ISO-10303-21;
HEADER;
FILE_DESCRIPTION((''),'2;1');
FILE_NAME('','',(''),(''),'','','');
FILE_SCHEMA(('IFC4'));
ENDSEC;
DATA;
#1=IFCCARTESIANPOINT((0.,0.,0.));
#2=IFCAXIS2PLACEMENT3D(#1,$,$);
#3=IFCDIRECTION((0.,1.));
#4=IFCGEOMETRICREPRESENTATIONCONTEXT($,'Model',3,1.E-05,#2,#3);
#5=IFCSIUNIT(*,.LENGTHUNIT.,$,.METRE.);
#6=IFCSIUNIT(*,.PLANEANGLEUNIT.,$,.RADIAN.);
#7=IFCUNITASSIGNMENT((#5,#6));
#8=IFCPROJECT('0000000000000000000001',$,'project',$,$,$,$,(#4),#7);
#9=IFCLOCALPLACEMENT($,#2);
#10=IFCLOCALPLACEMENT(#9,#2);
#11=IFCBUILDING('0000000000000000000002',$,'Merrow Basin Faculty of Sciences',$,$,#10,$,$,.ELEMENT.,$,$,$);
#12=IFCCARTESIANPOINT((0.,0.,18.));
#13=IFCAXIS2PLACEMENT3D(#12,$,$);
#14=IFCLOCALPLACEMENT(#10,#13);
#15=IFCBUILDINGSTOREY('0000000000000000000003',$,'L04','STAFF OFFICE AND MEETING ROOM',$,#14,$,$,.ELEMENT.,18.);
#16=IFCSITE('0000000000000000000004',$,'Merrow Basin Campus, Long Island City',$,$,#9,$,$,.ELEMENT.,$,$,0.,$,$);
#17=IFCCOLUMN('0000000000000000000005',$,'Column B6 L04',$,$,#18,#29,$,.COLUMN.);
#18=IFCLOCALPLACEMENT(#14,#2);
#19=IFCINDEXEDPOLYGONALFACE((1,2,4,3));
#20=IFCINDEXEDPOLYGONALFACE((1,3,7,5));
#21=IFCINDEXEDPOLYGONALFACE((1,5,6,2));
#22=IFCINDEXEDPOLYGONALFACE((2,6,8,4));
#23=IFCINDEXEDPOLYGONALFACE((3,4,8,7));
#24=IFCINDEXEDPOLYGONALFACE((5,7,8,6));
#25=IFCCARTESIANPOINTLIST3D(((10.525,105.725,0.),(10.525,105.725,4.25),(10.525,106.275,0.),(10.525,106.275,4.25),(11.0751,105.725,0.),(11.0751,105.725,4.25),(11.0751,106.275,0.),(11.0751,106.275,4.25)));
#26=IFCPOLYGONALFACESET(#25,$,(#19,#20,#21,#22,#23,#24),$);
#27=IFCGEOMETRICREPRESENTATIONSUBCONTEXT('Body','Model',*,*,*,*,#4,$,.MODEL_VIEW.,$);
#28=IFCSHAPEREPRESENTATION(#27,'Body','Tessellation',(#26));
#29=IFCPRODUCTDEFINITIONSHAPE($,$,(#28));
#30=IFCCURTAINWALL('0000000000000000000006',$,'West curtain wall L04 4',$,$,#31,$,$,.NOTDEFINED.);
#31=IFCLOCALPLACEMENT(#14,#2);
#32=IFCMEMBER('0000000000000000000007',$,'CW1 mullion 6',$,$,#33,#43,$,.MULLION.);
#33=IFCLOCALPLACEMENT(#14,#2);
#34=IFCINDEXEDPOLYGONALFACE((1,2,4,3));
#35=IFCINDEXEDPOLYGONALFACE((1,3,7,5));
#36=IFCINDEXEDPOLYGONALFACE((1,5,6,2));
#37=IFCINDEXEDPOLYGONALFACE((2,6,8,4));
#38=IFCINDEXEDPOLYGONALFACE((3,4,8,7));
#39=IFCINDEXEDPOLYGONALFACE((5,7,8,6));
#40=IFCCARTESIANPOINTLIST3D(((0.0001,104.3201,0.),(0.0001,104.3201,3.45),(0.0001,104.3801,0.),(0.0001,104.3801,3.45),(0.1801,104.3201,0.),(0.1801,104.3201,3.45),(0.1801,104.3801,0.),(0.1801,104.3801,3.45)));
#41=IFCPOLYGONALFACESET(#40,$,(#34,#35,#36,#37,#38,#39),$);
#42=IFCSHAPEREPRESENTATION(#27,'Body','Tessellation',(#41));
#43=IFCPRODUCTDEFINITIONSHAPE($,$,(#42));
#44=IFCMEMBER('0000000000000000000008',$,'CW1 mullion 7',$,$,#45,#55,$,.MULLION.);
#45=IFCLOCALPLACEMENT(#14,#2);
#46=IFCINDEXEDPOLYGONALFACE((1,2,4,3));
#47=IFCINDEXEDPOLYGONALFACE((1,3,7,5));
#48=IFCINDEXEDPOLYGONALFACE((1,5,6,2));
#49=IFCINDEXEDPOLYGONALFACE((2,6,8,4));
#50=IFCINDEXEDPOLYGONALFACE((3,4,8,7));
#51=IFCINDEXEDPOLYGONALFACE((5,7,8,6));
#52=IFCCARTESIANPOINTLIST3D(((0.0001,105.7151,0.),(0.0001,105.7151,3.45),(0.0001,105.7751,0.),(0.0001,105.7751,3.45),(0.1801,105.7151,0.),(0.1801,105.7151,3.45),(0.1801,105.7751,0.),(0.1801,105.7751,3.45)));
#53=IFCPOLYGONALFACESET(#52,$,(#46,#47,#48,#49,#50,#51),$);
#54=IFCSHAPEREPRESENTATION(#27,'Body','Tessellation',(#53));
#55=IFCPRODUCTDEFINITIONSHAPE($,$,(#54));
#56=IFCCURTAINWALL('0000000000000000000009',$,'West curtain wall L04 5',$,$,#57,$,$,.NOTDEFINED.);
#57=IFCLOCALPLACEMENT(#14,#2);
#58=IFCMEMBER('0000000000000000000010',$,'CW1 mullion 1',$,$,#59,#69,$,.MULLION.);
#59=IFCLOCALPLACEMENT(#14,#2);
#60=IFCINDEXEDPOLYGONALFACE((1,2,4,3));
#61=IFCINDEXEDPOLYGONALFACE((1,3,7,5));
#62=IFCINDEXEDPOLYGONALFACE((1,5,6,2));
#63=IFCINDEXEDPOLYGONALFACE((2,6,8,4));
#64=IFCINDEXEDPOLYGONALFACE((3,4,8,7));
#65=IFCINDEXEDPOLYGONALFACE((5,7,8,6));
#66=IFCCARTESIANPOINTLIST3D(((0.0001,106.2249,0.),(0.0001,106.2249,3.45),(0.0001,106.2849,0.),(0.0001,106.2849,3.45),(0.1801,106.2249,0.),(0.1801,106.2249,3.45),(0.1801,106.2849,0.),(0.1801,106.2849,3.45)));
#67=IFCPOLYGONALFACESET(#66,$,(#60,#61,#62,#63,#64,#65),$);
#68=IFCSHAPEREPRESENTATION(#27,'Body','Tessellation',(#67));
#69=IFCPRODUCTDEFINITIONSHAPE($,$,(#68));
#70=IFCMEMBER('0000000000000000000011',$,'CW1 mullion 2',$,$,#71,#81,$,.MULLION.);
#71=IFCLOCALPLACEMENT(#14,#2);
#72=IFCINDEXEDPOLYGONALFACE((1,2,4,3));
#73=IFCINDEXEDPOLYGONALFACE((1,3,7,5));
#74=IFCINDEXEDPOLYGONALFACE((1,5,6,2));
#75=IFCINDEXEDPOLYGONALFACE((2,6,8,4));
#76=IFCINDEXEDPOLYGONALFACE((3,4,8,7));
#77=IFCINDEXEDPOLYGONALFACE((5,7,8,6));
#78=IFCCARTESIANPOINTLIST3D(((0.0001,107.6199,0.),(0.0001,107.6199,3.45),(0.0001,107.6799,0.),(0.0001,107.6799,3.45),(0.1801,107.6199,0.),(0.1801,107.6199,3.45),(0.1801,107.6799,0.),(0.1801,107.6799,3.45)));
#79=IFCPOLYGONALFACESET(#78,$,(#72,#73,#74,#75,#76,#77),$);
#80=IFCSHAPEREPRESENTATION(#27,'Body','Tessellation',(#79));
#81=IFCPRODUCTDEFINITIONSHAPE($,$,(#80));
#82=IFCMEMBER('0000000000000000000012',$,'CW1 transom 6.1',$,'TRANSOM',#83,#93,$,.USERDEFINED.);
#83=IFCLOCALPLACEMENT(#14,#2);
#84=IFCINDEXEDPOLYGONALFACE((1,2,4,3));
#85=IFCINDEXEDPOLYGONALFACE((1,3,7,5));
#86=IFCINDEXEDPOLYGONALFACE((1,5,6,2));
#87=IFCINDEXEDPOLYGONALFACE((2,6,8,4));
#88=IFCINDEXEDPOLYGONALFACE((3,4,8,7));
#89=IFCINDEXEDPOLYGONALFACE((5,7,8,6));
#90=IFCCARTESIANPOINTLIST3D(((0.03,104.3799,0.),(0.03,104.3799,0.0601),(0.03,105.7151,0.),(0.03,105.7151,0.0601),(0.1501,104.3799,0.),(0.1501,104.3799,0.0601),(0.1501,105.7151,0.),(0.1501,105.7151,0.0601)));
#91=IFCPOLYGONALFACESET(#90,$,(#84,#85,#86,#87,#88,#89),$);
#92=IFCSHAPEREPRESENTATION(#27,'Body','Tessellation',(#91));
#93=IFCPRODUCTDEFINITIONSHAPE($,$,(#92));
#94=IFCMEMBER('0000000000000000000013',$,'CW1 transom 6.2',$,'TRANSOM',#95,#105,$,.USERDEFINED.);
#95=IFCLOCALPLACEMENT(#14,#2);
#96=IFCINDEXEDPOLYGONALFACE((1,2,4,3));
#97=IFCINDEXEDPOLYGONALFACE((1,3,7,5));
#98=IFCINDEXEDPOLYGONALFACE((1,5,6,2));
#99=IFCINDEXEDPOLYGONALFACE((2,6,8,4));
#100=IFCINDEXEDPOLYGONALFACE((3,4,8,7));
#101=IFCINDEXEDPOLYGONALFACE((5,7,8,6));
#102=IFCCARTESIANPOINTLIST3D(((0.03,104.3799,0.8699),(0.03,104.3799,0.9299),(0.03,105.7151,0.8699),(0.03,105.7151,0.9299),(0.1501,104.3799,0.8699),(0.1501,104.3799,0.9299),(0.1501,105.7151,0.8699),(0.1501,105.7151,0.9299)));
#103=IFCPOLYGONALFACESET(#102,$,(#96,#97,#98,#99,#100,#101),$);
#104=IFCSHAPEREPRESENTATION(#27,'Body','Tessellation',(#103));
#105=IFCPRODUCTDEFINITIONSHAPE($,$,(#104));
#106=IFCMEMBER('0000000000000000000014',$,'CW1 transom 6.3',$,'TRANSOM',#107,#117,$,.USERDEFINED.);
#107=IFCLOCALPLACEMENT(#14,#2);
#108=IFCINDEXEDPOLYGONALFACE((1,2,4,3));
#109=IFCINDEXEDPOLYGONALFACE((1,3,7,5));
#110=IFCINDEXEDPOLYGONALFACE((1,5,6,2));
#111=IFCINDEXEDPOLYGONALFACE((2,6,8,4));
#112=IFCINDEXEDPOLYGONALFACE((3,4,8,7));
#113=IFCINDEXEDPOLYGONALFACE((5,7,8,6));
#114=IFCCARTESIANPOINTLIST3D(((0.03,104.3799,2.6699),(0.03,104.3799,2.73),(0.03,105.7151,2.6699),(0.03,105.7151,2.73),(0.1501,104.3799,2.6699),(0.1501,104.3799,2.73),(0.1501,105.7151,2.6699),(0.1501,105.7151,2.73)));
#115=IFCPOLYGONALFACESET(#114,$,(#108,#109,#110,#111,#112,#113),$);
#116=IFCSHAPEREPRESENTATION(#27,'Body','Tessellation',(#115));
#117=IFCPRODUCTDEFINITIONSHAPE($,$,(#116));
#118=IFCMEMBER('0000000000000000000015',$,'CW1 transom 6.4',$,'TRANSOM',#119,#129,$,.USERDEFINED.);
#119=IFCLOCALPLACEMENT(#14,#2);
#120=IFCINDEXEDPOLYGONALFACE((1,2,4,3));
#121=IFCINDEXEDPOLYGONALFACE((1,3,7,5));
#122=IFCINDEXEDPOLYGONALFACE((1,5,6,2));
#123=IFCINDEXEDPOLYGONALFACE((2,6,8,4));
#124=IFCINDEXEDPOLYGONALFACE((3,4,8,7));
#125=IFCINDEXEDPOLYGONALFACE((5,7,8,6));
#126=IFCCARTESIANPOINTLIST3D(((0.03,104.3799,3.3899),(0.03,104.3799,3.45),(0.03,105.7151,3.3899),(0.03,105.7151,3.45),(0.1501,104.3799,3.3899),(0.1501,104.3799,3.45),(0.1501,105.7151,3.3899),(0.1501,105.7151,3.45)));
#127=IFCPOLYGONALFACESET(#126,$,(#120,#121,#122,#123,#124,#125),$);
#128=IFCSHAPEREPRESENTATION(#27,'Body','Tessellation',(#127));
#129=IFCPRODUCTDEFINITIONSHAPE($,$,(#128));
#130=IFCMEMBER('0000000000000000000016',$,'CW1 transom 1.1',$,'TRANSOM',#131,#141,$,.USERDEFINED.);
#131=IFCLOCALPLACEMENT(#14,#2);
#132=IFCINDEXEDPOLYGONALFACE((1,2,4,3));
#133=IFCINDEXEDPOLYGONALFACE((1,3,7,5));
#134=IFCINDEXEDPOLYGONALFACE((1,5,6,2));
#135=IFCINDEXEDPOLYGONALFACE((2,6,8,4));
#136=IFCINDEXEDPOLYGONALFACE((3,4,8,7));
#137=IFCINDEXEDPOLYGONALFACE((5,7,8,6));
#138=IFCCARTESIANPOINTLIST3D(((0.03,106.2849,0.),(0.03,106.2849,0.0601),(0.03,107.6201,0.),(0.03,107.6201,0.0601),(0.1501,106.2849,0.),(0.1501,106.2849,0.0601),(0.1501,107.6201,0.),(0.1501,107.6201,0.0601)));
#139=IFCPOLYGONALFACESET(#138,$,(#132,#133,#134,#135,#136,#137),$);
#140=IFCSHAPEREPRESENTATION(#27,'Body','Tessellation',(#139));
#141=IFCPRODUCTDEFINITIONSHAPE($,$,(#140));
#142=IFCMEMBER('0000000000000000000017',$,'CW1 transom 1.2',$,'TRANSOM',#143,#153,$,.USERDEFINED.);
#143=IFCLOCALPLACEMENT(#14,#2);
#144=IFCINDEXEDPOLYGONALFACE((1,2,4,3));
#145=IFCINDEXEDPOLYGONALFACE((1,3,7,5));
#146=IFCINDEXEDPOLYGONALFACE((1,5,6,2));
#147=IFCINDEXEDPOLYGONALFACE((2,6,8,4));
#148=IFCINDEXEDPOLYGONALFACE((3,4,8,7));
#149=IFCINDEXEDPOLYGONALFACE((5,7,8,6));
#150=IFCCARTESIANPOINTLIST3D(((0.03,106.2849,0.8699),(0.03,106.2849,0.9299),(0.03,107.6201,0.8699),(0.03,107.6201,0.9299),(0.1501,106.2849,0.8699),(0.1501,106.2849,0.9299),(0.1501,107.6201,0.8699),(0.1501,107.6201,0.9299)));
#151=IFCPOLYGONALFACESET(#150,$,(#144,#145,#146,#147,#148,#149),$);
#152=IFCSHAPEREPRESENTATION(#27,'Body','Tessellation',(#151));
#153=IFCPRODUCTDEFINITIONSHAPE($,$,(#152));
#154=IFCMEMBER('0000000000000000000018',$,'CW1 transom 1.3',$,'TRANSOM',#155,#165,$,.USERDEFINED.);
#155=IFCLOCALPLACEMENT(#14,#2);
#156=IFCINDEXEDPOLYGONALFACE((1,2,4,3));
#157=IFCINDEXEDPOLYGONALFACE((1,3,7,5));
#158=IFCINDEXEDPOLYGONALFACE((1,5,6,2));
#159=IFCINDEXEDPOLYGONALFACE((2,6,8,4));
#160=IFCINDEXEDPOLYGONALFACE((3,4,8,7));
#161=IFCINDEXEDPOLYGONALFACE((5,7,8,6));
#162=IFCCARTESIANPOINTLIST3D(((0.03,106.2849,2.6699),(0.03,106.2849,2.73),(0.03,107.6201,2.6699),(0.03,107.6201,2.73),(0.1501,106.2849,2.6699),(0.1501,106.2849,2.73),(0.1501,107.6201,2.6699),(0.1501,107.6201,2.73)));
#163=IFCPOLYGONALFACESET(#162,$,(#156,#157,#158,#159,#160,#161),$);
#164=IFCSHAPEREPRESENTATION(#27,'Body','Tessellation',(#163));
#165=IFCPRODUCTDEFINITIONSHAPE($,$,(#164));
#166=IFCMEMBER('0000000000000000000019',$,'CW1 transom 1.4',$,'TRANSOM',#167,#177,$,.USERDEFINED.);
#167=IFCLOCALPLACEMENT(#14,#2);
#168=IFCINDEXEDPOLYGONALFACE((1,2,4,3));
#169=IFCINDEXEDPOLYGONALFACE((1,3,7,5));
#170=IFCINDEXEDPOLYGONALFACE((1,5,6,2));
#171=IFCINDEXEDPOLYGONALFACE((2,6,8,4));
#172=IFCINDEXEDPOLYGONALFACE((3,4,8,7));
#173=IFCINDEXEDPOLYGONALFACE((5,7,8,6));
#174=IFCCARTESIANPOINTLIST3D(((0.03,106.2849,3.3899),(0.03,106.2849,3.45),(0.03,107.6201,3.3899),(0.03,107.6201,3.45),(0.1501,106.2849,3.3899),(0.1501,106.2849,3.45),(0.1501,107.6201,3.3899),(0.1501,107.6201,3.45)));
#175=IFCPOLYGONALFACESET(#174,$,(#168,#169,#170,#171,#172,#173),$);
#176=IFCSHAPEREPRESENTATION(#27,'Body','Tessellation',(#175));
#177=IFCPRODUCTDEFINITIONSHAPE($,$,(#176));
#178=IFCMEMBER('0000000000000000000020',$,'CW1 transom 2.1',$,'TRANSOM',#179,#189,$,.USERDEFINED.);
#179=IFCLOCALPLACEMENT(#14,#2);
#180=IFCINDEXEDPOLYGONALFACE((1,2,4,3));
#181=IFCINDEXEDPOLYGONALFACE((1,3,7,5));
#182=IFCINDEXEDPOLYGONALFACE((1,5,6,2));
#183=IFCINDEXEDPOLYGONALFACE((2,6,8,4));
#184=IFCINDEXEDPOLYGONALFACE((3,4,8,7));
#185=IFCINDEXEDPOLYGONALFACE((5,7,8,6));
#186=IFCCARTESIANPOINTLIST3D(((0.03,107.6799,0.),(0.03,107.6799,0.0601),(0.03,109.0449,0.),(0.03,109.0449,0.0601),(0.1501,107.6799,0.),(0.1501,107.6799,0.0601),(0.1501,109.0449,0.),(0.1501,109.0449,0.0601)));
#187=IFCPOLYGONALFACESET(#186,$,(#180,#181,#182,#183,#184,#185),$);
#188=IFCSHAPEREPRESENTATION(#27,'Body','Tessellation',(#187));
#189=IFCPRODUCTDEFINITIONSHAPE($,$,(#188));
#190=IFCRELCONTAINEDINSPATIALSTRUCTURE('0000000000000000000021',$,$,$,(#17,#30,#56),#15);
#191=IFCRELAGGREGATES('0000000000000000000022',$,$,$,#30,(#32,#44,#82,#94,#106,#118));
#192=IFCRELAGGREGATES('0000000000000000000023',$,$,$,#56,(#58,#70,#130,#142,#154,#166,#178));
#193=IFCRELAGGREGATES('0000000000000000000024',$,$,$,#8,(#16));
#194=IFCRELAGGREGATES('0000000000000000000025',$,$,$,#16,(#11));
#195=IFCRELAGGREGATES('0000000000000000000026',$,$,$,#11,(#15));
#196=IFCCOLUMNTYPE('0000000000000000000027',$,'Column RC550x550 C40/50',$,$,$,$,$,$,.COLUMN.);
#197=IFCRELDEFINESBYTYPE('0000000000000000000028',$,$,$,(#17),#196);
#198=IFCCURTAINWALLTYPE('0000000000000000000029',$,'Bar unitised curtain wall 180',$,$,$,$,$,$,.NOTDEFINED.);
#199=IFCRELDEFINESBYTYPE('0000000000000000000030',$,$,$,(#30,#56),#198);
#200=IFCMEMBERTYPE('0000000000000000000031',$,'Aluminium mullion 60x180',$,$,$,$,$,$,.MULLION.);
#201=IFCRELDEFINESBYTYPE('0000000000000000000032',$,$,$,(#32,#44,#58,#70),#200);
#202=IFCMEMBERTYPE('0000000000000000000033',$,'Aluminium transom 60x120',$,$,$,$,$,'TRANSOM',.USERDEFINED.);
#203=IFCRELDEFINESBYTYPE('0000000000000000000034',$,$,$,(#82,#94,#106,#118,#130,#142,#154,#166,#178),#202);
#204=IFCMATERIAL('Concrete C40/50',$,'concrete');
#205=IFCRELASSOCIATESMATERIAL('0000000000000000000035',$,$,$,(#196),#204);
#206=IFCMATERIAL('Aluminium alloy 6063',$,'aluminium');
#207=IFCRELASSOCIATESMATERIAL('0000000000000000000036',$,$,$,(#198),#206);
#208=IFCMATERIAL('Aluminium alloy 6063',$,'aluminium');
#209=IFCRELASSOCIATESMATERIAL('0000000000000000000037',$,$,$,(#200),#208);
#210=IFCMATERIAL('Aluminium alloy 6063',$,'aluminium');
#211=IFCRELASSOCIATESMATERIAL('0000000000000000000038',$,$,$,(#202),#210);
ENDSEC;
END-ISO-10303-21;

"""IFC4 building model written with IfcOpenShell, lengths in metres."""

from ifc_helpers import new_model, si_unit, direction, frame, origin, origin_2d, place, context, subcontext, project, spatial, rectangle, extrude, material, material_profile, profile_set, type_object, element, aggregate, save


model = new_model("IFC4")

# Units and contexts
model_context = context("Model", 3, precision=1e-05, world=origin(), true_north=direction((0.0, 1.0)))
body_context = subcontext(model_context, "Body", "Model", "MODEL_VIEW")
ifc_project = project(units=[si_unit("LENGTHUNIT", "METRE"), si_unit("PLANEANGLEUNIT", "RADIAN")], contexts=[model_context])

# Site, building, storey
site_placement = place(None, origin())
site = spatial("IfcSite", under=ifc_project, at=site_placement, Name="Merrow Basin Campus, Long Island City", CompositionType="ELEMENT", RefElevation=0.0)
building_placement = place(site_placement, origin())
building = spatial("IfcBuilding", under=site, at=building_placement, Name="Merrow Basin Faculty of Sciences", CompositionType="ELEMENT")
storey_placement = place(building_placement, frame((0.0, 0.0, 18.0)))
storey = spatial("IfcBuildingStorey", under=building, at=storey_placement, Name="L04", Description="STAFF OFFICE AND MEETING ROOM", CompositionType="ELEMENT", Elevation=18.0)

# Column
ifc_material_1 = material(Name="Concrete C40/50", Category="concrete")
ifc_material_profile_1 = material_profile(ifc_material_1, rectangle(XDim=0.55, YDim=0.55, at=origin_2d()))
ifc_profile_set_1 = profile_set([ifc_material_profile_1], Name="Concrete C40/50")
column_type = type_object("IfcColumnType", Name="Column RC550x550 C40/50", PredefinedType="COLUMN", material=ifc_profile_set_1)
column_placement = place(storey_placement, frame((10.8, 106.0, 0.0), z_axis=(0.0, 0.0, 1.0), x_axis=(1.0, 0.0, 0.0)))
element("IfcColumn", 1, at=column_placement, inside=storey, type_object=column_type, Name="Column B6 L04", PredefinedType="COLUMN", context=body_context, shape_type="SweptSolid", body=[
    extrude(rectangle(XDim=0.55, YDim=0.55, at=origin_2d()), origin(), (0.0, 0.0, 1.0), 4.25),
])

# Curtain walls, members
ifc_material_2 = material(Name="Aluminium alloy 6063", Category="aluminium")
curtain_wall_type = type_object("IfcCurtainWallType", Name="Bar unitised curtain wall 180", PredefinedType="NOTDEFINED", material=ifc_material_2)
curtain_wall_1_placement = place(storey_placement, origin())
curtain_wall_1 = element("IfcCurtainWall", 2, at=curtain_wall_1_placement, inside=storey, type_object=curtain_wall_type, Name="West curtain wall L04 4", PredefinedType="NOTDEFINED")
ifc_material_3 = material(Name="Aluminium alloy 6063", Category="aluminium")
ifc_material_profile_2 = material_profile(ifc_material_3, rectangle(XDim=0.1799, YDim=0.0601, at=origin_2d()))
ifc_profile_set_2 = profile_set([ifc_material_profile_2], Name="Aluminium alloy 6063")
member_type_1 = type_object("IfcMemberType", Name="Aluminium mullion 60x180", PredefinedType="MULLION", material=ifc_profile_set_2)
member_1_placement = place(storey_placement, frame((0.0901, 104.3501, 0.0), z_axis=(0.0, 0.0, 1.0), x_axis=(-1.0, 0.0, 0.0)))
member_1 = element("IfcMember", 3, at=member_1_placement, type_object=member_type_1, Name="CW1 mullion 6", PredefinedType="MULLION", context=body_context, shape_type="SweptSolid", body=[
    extrude(rectangle(XDim=0.1799, YDim=0.0601, at=origin_2d()), origin(), (0.0, 0.0, 1.0), 3.45),
])
member_2_placement = place(storey_placement, frame((0.0901, 105.7451, 0.0), z_axis=(0.0, 0.0, 1.0), x_axis=(-1.0, 0.0, 0.0)))
member_2 = element("IfcMember", 4, at=member_2_placement, type_object=member_type_1, Name="CW1 mullion 7", PredefinedType="MULLION", context=body_context, shape_type="SweptSolid", body=[
    extrude(rectangle(XDim=0.1799, YDim=0.0601, at=origin_2d()), origin(), (0.0, 0.0, 1.0), 3.45),
])
curtain_wall_2_placement = place(storey_placement, origin())
curtain_wall_2 = element("IfcCurtainWall", 5, at=curtain_wall_2_placement, inside=storey, type_object=curtain_wall_type, Name="West curtain wall L04 5", PredefinedType="NOTDEFINED")
member_3_placement = place(storey_placement, frame((0.0901, 106.2549, 0.0), z_axis=(0.0, 0.0, 1.0), x_axis=(-1.0, 0.0, 0.0)))
member_3 = element("IfcMember", 6, at=member_3_placement, type_object=member_type_1, Name="CW1 mullion 1", PredefinedType="MULLION", context=body_context, shape_type="SweptSolid", body=[
    extrude(rectangle(XDim=0.1799, YDim=0.0601, at=origin_2d()), origin(), (0.0, 0.0, 1.0), 3.45),
])
member_4_placement = place(storey_placement, frame((0.0901, 107.6499, 0.0), z_axis=(0.0, 0.0, 1.0), x_axis=(-1.0, 0.0, 0.0)))
member_4 = element("IfcMember", 7, at=member_4_placement, type_object=member_type_1, Name="CW1 mullion 2", PredefinedType="MULLION", context=body_context, shape_type="SweptSolid", body=[
    extrude(rectangle(XDim=0.1799, YDim=0.0601, at=origin_2d()), origin(), (0.0, 0.0, 1.0), 3.45),
])

# Members
ifc_material_4 = material(Name="Aluminium alloy 6063", Category="aluminium")
ifc_material_profile_3 = material_profile(ifc_material_4, rectangle(XDim=0.1201, YDim=0.0601, at=origin_2d()))
ifc_profile_set_3 = profile_set([ifc_material_profile_3], Name="Aluminium alloy 6063")
member_type_2 = type_object("IfcMemberType", Name="Aluminium transom 60x120", ElementType="TRANSOM", PredefinedType="USERDEFINED", material=ifc_profile_set_3)
member_5_placement = place(storey_placement, frame((0.0901, 104.3799, 0.03), z_axis=(0.0, 1.0, 0.0), x_axis=(-1.0, 0.0, 0.0)))
member_5 = element("IfcMember", 8, at=member_5_placement, type_object=member_type_2, Name="CW1 transom 6.1", ObjectType="TRANSOM", PredefinedType="USERDEFINED", context=body_context, shape_type="SweptSolid", body=[
    extrude(rectangle(XDim=0.1201, YDim=0.0601, at=origin_2d()), origin(), (0.0, 0.0, 1.0), 1.3352),
])
member_6_placement = place(storey_placement, frame((0.0901, 104.3799, 0.8999), z_axis=(0.0, 1.0, 0.0), x_axis=(-1.0, 0.0, 0.0)))
member_6 = element("IfcMember", 9, at=member_6_placement, type_object=member_type_2, Name="CW1 transom 6.2", ObjectType="TRANSOM", PredefinedType="USERDEFINED", context=body_context, shape_type="SweptSolid", body=[
    extrude(rectangle(XDim=0.1201, YDim=0.0601, at=origin_2d()), origin(), (0.0, 0.0, 1.0), 1.3352),
])
member_7_placement = place(storey_placement, frame((0.0901, 104.3799, 2.7), z_axis=(0.0, 1.0, 0.0), x_axis=(-1.0, 0.0, 0.0)))
member_7 = element("IfcMember", 10, at=member_7_placement, type_object=member_type_2, Name="CW1 transom 6.3", ObjectType="TRANSOM", PredefinedType="USERDEFINED", context=body_context, shape_type="SweptSolid", body=[
    extrude(rectangle(XDim=0.1201, YDim=0.0601, at=origin_2d()), origin(), (0.0, 0.0, 1.0), 1.3352),
])
member_8_placement = place(storey_placement, frame((0.0901, 104.3799, 3.4199), z_axis=(0.0, 1.0, 0.0), x_axis=(-1.0, 0.0, 0.0)))
member_8 = element("IfcMember", 11, at=member_8_placement, type_object=member_type_2, Name="CW1 transom 6.4", ObjectType="TRANSOM", PredefinedType="USERDEFINED", context=body_context, shape_type="SweptSolid", body=[
    extrude(rectangle(XDim=0.1201, YDim=0.0601, at=origin_2d()), origin(), (0.0, 0.0, 1.0), 1.3352),
])
member_9_placement = place(storey_placement, frame((0.0901, 106.2849, 0.03), z_axis=(0.0, 1.0, 0.0), x_axis=(-1.0, 0.0, 0.0)))
member_9 = element("IfcMember", 12, at=member_9_placement, type_object=member_type_2, Name="CW1 transom 1.1", ObjectType="TRANSOM", PredefinedType="USERDEFINED", context=body_context, shape_type="SweptSolid", body=[
    extrude(rectangle(XDim=0.1201, YDim=0.0601, at=origin_2d()), origin(), (0.0, 0.0, 1.0), 1.3352),
])
member_10_placement = place(storey_placement, frame((0.0901, 106.2849, 0.8999), z_axis=(0.0, 1.0, 0.0), x_axis=(-1.0, 0.0, 0.0)))
member_10 = element("IfcMember", 13, at=member_10_placement, type_object=member_type_2, Name="CW1 transom 1.2", ObjectType="TRANSOM", PredefinedType="USERDEFINED", context=body_context, shape_type="SweptSolid", body=[
    extrude(rectangle(XDim=0.1201, YDim=0.0601, at=origin_2d()), origin(), (0.0, 0.0, 1.0), 1.3352),
])
member_11_placement = place(storey_placement, frame((0.0901, 106.2849, 2.7), z_axis=(0.0, 1.0, 0.0), x_axis=(-1.0, 0.0, 0.0)))
member_11 = element("IfcMember", 14, at=member_11_placement, type_object=member_type_2, Name="CW1 transom 1.3", ObjectType="TRANSOM", PredefinedType="USERDEFINED", context=body_context, shape_type="SweptSolid", body=[
    extrude(rectangle(XDim=0.1201, YDim=0.0601, at=origin_2d()), origin(), (0.0, 0.0, 1.0), 1.3352),
])
member_12_placement = place(storey_placement, frame((0.0901, 106.2849, 3.4199), z_axis=(0.0, 1.0, 0.0), x_axis=(-1.0, 0.0, 0.0)))
member_12 = element("IfcMember", 15, at=member_12_placement, type_object=member_type_2, Name="CW1 transom 1.4", ObjectType="TRANSOM", PredefinedType="USERDEFINED", context=body_context, shape_type="SweptSolid", body=[
    extrude(rectangle(XDim=0.1201, YDim=0.0601, at=origin_2d()), origin(), (0.0, 0.0, 1.0), 1.3352),
])
member_13_placement = place(storey_placement, frame((0.0901, 107.6799, 0.03), z_axis=(0.0, 1.0, 0.0), x_axis=(-1.0, 0.0, 0.0)))
member_13 = element("IfcMember", 16, at=member_13_placement, type_object=member_type_2, Name="CW1 transom 2.1", ObjectType="TRANSOM", PredefinedType="USERDEFINED", context=body_context, shape_type="SweptSolid", body=[
    extrude(rectangle(XDim=0.1201, YDim=0.0601, at=origin_2d()), origin(), (0.0, 0.0, 1.0), 1.365),
])

aggregate(curtain_wall_1, [member_1, member_2, member_5, member_6, member_7, member_8])
aggregate(curtain_wall_2, [member_3, member_4, member_9, member_10, member_11, member_12, member_13])

save(model, "model.ifc")
